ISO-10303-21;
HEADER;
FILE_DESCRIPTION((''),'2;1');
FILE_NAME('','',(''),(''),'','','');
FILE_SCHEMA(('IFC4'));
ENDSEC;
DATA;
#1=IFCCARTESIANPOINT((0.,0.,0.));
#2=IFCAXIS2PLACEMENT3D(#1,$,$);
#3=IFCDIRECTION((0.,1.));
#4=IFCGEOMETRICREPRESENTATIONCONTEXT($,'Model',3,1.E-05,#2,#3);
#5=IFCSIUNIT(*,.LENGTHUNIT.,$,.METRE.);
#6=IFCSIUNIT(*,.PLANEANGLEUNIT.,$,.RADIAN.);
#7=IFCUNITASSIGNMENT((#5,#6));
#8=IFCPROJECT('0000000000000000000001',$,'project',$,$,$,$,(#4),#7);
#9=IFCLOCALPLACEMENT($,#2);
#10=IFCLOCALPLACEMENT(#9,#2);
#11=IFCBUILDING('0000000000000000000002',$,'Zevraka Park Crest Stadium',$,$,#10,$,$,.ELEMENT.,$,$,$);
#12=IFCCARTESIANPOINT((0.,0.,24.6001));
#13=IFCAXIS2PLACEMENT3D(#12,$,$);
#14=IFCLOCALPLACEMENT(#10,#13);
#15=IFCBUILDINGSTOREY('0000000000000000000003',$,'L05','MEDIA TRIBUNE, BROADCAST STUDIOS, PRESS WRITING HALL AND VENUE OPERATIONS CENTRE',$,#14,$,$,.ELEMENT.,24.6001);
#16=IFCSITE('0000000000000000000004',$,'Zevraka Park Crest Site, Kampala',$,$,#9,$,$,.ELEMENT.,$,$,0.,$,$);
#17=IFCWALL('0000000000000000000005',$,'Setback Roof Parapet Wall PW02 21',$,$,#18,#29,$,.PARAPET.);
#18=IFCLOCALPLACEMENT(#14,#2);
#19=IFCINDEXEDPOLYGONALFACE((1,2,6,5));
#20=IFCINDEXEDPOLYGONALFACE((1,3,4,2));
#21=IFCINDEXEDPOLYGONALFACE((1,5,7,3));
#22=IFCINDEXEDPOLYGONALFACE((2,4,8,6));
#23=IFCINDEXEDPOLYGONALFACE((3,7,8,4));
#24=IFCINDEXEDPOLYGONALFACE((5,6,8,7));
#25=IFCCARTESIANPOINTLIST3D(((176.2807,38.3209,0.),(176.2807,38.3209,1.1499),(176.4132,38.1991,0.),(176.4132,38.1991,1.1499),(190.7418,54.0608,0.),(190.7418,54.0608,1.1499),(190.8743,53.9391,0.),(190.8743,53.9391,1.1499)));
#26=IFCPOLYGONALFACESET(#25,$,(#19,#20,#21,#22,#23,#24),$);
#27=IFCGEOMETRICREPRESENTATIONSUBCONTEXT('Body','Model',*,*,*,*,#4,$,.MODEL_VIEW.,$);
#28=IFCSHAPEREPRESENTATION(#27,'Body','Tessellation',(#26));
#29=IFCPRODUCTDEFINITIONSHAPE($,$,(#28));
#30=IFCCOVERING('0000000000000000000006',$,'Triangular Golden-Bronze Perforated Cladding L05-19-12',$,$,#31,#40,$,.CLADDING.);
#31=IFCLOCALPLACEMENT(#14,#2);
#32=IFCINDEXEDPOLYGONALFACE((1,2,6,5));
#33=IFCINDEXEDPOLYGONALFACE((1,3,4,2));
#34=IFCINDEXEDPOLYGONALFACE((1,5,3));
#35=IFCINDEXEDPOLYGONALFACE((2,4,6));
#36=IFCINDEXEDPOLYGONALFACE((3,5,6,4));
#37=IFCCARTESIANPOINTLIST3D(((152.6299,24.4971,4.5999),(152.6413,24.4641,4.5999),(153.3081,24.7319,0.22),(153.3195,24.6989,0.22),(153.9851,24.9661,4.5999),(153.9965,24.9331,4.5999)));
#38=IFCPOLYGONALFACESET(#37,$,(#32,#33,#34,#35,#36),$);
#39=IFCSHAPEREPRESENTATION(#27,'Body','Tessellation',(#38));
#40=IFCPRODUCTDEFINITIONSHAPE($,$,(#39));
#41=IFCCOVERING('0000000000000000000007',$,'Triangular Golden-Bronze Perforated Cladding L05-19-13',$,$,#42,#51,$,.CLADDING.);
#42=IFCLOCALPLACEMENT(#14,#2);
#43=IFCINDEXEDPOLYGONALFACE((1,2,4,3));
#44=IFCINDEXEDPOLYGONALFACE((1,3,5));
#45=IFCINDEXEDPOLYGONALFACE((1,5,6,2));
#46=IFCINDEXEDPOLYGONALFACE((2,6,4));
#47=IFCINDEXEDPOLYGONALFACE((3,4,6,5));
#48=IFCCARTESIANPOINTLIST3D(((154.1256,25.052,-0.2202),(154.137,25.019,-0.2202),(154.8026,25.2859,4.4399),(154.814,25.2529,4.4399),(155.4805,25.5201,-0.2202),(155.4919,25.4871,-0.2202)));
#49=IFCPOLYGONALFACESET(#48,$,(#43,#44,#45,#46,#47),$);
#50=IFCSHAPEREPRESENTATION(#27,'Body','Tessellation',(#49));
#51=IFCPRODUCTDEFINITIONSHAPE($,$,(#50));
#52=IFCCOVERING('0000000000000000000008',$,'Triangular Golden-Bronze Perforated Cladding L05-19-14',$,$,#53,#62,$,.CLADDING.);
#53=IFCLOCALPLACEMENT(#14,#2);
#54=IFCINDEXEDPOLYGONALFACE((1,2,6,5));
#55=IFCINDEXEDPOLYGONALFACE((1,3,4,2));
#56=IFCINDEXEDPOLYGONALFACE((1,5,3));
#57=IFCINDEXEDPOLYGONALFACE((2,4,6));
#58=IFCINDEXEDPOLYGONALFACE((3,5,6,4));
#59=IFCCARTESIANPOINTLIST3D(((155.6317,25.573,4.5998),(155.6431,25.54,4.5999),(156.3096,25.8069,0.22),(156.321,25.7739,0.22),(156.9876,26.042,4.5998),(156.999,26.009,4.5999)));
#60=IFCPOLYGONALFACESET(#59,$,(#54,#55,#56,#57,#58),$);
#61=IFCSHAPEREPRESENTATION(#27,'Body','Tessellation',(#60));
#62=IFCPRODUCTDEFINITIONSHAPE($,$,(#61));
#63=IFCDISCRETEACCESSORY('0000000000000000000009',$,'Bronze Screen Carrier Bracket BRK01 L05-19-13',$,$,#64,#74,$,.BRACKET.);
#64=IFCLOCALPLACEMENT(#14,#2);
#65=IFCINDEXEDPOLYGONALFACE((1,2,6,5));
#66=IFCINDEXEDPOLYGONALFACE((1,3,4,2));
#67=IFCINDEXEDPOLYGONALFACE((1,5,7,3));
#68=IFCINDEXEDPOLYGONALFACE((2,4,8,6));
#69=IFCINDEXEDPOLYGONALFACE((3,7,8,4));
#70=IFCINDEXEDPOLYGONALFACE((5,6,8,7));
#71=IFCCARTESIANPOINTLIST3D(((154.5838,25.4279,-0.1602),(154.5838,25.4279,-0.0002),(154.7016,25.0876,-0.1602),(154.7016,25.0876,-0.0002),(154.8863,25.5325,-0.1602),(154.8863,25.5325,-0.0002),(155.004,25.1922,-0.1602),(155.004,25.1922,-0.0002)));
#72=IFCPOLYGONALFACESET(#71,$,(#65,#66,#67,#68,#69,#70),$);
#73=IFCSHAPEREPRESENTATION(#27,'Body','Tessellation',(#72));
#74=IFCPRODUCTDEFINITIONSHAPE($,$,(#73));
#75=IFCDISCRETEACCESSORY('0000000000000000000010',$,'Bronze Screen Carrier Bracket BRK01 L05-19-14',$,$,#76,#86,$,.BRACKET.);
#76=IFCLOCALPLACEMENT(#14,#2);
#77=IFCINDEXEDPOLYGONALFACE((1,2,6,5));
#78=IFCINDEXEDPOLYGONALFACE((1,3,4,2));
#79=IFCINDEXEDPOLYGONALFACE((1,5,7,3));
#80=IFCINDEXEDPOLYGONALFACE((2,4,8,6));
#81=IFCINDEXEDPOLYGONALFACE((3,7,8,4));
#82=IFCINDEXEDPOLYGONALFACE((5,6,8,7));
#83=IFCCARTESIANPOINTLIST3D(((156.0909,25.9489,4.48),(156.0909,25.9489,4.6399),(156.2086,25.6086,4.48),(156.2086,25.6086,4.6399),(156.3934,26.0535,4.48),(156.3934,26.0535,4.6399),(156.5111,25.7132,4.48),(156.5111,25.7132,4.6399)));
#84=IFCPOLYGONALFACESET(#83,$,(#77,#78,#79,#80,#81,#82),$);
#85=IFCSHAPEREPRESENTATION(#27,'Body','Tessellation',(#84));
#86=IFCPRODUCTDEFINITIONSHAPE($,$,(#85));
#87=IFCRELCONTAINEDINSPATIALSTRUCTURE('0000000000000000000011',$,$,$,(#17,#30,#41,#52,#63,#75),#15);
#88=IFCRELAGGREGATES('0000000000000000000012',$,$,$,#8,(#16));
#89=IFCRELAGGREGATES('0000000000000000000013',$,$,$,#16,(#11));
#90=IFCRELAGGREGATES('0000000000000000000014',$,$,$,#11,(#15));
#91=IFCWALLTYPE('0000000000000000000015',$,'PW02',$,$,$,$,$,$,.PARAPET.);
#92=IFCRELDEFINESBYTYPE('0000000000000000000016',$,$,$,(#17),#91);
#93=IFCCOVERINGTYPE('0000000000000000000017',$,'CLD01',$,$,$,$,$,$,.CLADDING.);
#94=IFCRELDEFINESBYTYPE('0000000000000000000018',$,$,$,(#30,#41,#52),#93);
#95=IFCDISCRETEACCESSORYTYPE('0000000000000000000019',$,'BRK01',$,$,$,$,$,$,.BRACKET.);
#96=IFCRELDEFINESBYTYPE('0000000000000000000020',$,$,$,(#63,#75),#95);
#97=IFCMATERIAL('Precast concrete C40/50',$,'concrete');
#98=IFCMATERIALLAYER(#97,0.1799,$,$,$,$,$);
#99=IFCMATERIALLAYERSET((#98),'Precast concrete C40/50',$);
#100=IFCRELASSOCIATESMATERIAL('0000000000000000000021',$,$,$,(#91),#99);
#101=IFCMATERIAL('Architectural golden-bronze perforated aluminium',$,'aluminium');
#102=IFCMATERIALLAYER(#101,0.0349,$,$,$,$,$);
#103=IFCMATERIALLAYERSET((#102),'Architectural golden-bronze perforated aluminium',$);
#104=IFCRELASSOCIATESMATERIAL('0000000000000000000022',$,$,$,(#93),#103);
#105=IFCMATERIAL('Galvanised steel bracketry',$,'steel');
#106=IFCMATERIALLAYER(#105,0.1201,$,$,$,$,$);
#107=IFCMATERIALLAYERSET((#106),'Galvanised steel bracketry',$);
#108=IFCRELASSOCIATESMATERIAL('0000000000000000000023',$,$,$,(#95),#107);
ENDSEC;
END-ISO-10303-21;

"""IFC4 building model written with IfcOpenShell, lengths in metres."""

from ifc_helpers import new_model, si_unit, direction, frame, frame_2d, origin, origin_2d, place, context, subcontext, project, spatial, polyline, rectangle, outline, extrude, material, layer, layer_set, type_object, element, save


model = new_model("IFC4")

# Units and contexts
model_context = context("Model", 3, precision=1e-05, world=origin(), true_north=direction((0.0, 1.0)))
body_context = subcontext(model_context, "Body", "Model", "MODEL_VIEW")
ifc_project = project(units=[si_unit("LENGTHUNIT", "METRE"), si_unit("PLANEANGLEUNIT", "RADIAN")], contexts=[model_context])

# Site, building, storey
site_placement = place(None, origin())
site = spatial("IfcSite", under=ifc_project, at=site_placement, Name="Zevraka Park Crest Site, Kampala", CompositionType="ELEMENT", RefElevation=0.0)
building_placement = place(site_placement, origin())
building = spatial("IfcBuilding", under=site, at=building_placement, Name="Zevraka Park Crest Stadium", CompositionType="ELEMENT")
storey_placement = place(building_placement, frame((0.0, 0.0, 24.6001)))
storey = spatial("IfcBuildingStorey", under=building, at=storey_placement, Name="L05", Description="MEDIA TRIBUNE, BROADCAST STUDIOS, PRESS WRITING HALL AND VENUE OPERATIONS CENTRE", CompositionType="ELEMENT", Elevation=24.6001)

# Wall
ifc_material_1 = material(Name="Precast concrete C40/50", Category="concrete")
ifc_layer_1 = layer(ifc_material_1, 0.1799)
ifc_layer_set_1 = layer_set([ifc_layer_1], Name="Precast concrete C40/50")
wall_type = type_object("IfcWallType", Name="PW02", PredefinedType="PARAPET", material=ifc_layer_set_1)
wall_1_placement = place(storey_placement, frame((176.3469, 38.26, 0.0), z_axis=(0.0, 0.0, 1.0), x_axis=(0.67656, 0.736388, 0.0)))
element("IfcWall", 1, at=wall_1_placement, inside=storey, type_object=wall_type, Name="Setback Roof Parapet Wall PW02 21", PredefinedType="PARAPET", context=body_context, shape_type="SweptSolid", body=[
    extrude(rectangle(XDim=21.3745, YDim=0.1799, at=frame_2d((10.6873, 0.0))), origin(), (0.0, 0.0, 1.0), 1.1499),
])

# Coverings
ifc_material_2 = material(Name="Architectural golden-bronze perforated aluminium", Category="aluminium")
ifc_layer_2 = layer(ifc_material_2, 0.0349)
ifc_layer_set_2 = layer_set([ifc_layer_2], Name="Architectural golden-bronze perforated aluminium")
covering_type = type_object("IfcCoveringType", Name="CLD01", PredefinedType="CLADDING", material=ifc_layer_set_2)
covering_1_placement = place(storey_placement, frame((153.9851, 24.9661, 4.5999), z_axis=(-0.327035, 0.945012, 0.000033), x_axis=(-0.945012, -0.327035, 0.0)))
element("IfcCovering", 2, at=covering_1_placement, inside=storey, type_object=covering_type, Name="Triangular Golden-Bronze Perforated Cladding L05-19-12", PredefinedType="CLADDING", context=body_context, shape_type="SweptSolid", body=[
    extrude(outline(polyline([(0.0, 0.0), (1.4341, 0.0), (0.7163, -4.3799), (0.0, 0.0)])), origin(), (0.0, 0.0, -1.0), 0.0349),
])
covering_2_placement = place(storey_placement, frame((154.137, 25.019, -0.2202), z_axis=(0.326479, -0.945205, 0.000009), x_axis=(0.945205, 0.326479, 0.0)))
element("IfcCovering", 3, at=covering_2_placement, inside=storey, type_object=covering_type, Name="Triangular Golden-Bronze Perforated Cladding L05-19-13", PredefinedType="CLADDING", context=body_context, shape_type="SweptSolid", body=[
    extrude(outline(polyline([(0.0, 0.0), (1.4335, 0.0), (0.7163, 4.6602), (0.0, 0.0)])), origin(), (0.0, 0.0, -1.0), 0.0349),
])
covering_3_placement = place(storey_placement, frame((156.999, 26.009, 4.5999), z_axis=(0.326877, -0.945067, 0.000132), x_axis=(-0.945067, -0.326877, 0.0)))
element("IfcCovering", 4, at=covering_3_placement, inside=storey, type_object=covering_type, Name="Triangular Golden-Bronze Perforated Cladding L05-19-14", PredefinedType="CLADDING", context=body_context, shape_type="SweptSolid", body=[
    extrude(outline(polyline([(0.0, 0.0), (1.4348, 0.0), (0.7176, 4.3799), (0.0, 0.0)])), origin(), (0.0, 0.0, -1.0), 0.0349),
])

# Discrete accessories
ifc_material_3 = material(Name="Galvanised steel bracketry", Category="steel")
ifc_layer_3 = layer(ifc_material_3, 0.1201)
ifc_layer_set_3 = layer_set([ifc_layer_3], Name="Galvanised steel bracketry")
discrete_accessory_type = type_object("IfcDiscreteAccessoryType", Name="BRK01", PredefinedType="BRACKET", material=ifc_layer_set_3)
for number, where, z_axis, x_axis, name in (
    (5, (154.7939, 25.3101, -0.1602), (0.0, 0.0, 1.0), (0.945063, 0.326888, 0.0), "Bronze Screen Carrier Bracket BRK01 L05-19-13"),
    (6, (156.301, 25.8311, 4.48), (0.0, 0.0, 1.0), (0.945063, 0.326888, 0.0), "Bronze Screen Carrier Bracket BRK01 L05-19-14"),
):
    element("IfcDiscreteAccessory", number, at=place(storey_placement, frame(where, z_axis=z_axis, x_axis=x_axis)), inside=storey, type_object=discrete_accessory_type, Name=name, PredefinedType="BRACKET", context=body_context, shape_type="SweptSolid", body=[
        extrude(rectangle(XDim=0.3201, YDim=0.3601, at=origin_2d()), origin(), (0.0, 0.0, 1.0), 0.1599),
    ])

save(model, "model.ifc")
